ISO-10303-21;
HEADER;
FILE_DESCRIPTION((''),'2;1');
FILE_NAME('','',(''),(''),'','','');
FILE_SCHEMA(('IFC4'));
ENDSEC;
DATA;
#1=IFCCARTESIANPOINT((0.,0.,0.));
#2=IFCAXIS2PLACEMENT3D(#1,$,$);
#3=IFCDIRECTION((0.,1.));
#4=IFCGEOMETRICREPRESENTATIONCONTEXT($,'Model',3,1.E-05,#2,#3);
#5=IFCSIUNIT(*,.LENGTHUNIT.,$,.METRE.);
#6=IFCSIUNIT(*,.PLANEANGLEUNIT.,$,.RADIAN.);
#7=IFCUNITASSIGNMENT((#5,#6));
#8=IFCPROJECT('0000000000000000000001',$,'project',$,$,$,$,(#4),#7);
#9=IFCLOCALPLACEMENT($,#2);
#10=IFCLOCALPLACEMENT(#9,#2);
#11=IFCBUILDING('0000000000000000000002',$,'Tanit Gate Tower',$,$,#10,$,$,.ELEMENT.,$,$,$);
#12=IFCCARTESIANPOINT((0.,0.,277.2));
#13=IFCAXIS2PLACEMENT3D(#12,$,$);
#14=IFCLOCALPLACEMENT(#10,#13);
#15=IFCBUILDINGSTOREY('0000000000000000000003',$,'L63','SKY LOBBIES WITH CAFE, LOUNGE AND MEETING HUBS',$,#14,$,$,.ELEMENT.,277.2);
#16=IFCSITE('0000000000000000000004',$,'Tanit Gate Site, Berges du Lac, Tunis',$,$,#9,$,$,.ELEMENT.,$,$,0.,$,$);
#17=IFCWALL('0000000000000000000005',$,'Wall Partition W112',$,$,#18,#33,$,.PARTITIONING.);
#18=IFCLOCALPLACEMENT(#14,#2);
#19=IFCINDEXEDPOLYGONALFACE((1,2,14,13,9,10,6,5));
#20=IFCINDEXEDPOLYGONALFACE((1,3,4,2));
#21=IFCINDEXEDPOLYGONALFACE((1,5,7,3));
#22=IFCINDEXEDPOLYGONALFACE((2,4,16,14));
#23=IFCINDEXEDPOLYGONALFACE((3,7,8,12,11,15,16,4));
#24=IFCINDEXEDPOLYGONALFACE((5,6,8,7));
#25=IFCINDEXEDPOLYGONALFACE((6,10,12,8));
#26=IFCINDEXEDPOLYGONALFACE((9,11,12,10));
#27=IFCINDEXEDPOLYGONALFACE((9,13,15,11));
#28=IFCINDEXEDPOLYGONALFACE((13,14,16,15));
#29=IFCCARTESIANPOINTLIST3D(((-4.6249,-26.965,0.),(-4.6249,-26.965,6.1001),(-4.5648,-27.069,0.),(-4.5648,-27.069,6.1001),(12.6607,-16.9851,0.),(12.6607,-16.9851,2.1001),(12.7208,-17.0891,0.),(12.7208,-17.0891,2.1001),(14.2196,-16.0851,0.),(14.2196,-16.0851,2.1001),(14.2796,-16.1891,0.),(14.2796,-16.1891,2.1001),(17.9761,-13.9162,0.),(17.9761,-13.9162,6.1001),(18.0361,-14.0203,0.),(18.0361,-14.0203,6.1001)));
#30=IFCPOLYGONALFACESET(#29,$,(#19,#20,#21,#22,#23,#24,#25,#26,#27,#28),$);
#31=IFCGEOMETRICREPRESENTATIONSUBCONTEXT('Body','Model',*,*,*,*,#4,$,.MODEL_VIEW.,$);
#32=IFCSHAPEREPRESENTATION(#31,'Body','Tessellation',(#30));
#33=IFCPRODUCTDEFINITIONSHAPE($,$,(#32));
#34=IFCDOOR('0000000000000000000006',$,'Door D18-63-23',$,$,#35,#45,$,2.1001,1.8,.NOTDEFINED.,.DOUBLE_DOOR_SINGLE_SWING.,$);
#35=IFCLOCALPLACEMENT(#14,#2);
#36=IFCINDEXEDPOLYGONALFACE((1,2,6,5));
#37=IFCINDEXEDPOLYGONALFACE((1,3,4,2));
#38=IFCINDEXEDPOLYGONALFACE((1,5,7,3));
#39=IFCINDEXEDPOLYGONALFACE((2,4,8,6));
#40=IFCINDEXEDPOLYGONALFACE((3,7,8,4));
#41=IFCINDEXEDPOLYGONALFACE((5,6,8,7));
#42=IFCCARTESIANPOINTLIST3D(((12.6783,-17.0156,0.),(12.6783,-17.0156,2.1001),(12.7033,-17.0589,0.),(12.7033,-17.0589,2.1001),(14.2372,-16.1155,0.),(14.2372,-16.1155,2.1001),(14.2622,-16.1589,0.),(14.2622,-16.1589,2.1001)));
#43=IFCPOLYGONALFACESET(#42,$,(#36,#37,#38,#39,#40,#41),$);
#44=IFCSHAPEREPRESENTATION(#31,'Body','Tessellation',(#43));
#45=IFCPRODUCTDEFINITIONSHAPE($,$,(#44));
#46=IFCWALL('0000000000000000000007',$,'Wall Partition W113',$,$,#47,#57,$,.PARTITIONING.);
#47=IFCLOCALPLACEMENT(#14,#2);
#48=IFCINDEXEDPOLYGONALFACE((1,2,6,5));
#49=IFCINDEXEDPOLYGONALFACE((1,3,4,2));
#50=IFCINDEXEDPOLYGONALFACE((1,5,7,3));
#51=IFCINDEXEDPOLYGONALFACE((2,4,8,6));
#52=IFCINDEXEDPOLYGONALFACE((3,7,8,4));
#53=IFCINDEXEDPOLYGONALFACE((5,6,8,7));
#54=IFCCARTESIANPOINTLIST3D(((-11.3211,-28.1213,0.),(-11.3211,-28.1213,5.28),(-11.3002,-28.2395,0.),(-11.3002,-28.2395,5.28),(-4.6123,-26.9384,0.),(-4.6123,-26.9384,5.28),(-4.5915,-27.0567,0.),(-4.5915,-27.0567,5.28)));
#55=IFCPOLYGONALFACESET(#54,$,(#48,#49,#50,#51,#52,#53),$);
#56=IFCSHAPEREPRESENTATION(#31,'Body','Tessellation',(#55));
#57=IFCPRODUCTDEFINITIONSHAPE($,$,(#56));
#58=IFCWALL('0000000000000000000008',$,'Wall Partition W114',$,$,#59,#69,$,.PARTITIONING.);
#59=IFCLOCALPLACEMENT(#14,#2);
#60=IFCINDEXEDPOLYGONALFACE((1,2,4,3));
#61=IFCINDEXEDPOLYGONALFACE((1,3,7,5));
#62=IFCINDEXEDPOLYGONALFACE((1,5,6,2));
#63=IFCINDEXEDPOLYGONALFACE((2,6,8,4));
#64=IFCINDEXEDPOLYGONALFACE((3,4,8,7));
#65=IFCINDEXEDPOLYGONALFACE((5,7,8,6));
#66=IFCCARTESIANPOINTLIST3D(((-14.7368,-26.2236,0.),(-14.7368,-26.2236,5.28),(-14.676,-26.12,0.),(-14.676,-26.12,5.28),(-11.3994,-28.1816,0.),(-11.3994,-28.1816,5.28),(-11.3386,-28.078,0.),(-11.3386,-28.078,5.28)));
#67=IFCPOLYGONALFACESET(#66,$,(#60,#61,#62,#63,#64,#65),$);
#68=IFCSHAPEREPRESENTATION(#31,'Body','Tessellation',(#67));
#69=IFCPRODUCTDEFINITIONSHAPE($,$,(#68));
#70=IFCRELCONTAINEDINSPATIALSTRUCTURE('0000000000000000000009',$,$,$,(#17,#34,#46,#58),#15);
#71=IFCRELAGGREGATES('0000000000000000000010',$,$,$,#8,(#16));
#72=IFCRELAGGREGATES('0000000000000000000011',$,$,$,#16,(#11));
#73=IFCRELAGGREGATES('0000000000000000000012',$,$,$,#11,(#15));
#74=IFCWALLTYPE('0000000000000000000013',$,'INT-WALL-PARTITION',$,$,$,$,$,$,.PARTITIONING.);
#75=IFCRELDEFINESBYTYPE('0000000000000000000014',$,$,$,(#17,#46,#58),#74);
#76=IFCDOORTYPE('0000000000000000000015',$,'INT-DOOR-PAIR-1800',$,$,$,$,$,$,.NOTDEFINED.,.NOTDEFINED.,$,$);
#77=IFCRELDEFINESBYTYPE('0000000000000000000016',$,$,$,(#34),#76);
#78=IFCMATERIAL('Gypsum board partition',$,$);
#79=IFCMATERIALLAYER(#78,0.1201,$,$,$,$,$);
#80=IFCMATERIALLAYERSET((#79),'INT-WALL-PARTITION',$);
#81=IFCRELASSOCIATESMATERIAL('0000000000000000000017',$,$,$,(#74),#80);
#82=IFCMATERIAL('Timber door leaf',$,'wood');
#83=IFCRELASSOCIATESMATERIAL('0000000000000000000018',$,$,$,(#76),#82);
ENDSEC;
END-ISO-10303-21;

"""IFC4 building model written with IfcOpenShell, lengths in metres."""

from ifc_helpers import new_model, si_unit, direction, frame, frame_2d, origin, place, context, subcontext, project, spatial, rectangle, extrude, material, layer, layer_set, type_object, element, fill, save


model = new_model("IFC4")

# Units and contexts
model_context = context("Model", 3, precision=1e-05, world=origin(), true_north=direction((0.0, 1.0)))
body_context = subcontext(model_context, "Body", "Model", "MODEL_VIEW")
ifc_project = project(units=[si_unit("LENGTHUNIT", "METRE"), si_unit("PLANEANGLEUNIT", "RADIAN")], contexts=[model_context])

# Site, building, storey
site_placement = place(None, origin())
site = spatial("IfcSite", under=ifc_project, at=site_placement, Name="Tanit Gate Site, Berges du Lac, Tunis", CompositionType="ELEMENT", RefElevation=0.0)
building_placement = place(site_placement, origin())
building = spatial("IfcBuilding", under=site, at=building_placement, Name="Tanit Gate Tower", CompositionType="ELEMENT")
storey_placement = place(building_placement, frame((0.0, 0.0, 277.2)))
storey = spatial("IfcBuildingStorey", under=building, at=storey_placement, Name="L63", Description="SKY LOBBIES WITH CAFE, LOUNGE AND MEETING HUBS", CompositionType="ELEMENT", Elevation=277.2)

# Wall, opening, door
ifc_material_1 = material(Name="Gypsum board partition")
ifc_layer_1 = layer(ifc_material_1, 0.1201)
ifc_layer_set_1 = layer_set([ifc_layer_1], Name="INT-WALL-PARTITION")
wall_type_1 = type_object("IfcWallType", Name="INT-WALL-PARTITION", PredefinedType="PARTITIONING", material=ifc_layer_set_1)
wall_1_placement = place(storey_placement, frame((-4.595, -27.0171, 0.0), z_axis=(0.0, 0.0, 1.0), x_axis=(0.866024, 0.500003, 0.0)))
wall_1 = element("IfcWall", 1, at=wall_1_placement, inside=storey, type_object=wall_type_1, Name="Wall Partition W112", PredefinedType="PARTITIONING", context=body_context, shape_type="SweptSolid", body=[
    extrude(rectangle(XDim=26.0974, YDim=0.1201, at=frame_2d((13.0488, 0.0))), origin(), (0.0, 0.0, 1.0), 6.1001),
])
opening_1_placement = place(wall_1_placement, frame((19.96, 0.0, 0.0)))
opening_1 = element("IfcOpeningElement", 2, at=opening_1_placement, cuts=wall_1, PredefinedType="OPENING", context=body_context, shape_type="SweptSolid", body=[
    extrude(rectangle(XDim=1.8, YDim=2.1001, at=frame_2d((0.8999, 1.05))), frame((0.0, 0.0701, 0.0), z_axis=(0.0, -1.0, 0.0), x_axis=(1.0, 0.0, 0.0)), (0.0, 0.0, 1.0), 0.1401),
])
ifc_material_2 = material(Name="Timber door leaf", Category="wood")
door_type_1 = type_object("IfcDoorType", Name="INT-DOOR-PAIR-1800", OperationType="NOTDEFINED", PredefinedType="NOTDEFINED", material=ifc_material_2)
door_1_placement = place(opening_1_placement, origin())
door_1 = element("IfcDoor", 3, at=door_1_placement, inside=storey, type_object=door_type_1, Name="Door D18-63-23", OperationType="DOUBLE_DOOR_SINGLE_SWING", OverallHeight=2.1001, OverallWidth=1.8, PredefinedType="NOTDEFINED", context=body_context, shape_type="SweptSolid", body=[
    extrude(rectangle(XDim=1.8, YDim=2.1001, at=frame_2d((0.8999, 1.05))), frame((0.0, 0.0249, 0.0), z_axis=(0.0, -1.0, 0.0), x_axis=(1.0, 0.0, 0.0)), (0.0, 0.0, 1.0), 0.05),
])
fill(opening_1, door_1)

# Walls
wall_2_placement = place(storey_placement, frame((-11.3108, -28.1804, 0.0), z_axis=(0.0, 0.0, 1.0), x_axis=(0.98481, 0.173638, 0.0)))
element("IfcWall", 4, at=wall_2_placement, inside=storey, type_object=wall_type_1, Name="Wall Partition W113", PredefinedType="PARTITIONING", context=body_context, shape_type="SweptSolid", body=[
    extrude(rectangle(XDim=6.8123, YDim=0.1201, at=frame_2d((3.4062, 0.0))), origin(), (0.0, 0.0, 1.0), 5.28),
])
wall_3_placement = place(storey_placement, frame((-14.7063, -26.1719, 0.0), z_axis=(0.0, 0.0, 1.0), x_axis=(0.862518, -0.506027, 0.0)))
element("IfcWall", 5, at=wall_3_placement, inside=storey, type_object=wall_type_1, Name="Wall Partition W114", PredefinedType="PARTITIONING", context=body_context, shape_type="SweptSolid", body=[
    extrude(rectangle(XDim=3.8694, YDim=0.1201, at=frame_2d((1.9346, 0.0))), origin(), (0.0, 0.0, 1.0), 5.28),
])

save(model, "model.ifc")
